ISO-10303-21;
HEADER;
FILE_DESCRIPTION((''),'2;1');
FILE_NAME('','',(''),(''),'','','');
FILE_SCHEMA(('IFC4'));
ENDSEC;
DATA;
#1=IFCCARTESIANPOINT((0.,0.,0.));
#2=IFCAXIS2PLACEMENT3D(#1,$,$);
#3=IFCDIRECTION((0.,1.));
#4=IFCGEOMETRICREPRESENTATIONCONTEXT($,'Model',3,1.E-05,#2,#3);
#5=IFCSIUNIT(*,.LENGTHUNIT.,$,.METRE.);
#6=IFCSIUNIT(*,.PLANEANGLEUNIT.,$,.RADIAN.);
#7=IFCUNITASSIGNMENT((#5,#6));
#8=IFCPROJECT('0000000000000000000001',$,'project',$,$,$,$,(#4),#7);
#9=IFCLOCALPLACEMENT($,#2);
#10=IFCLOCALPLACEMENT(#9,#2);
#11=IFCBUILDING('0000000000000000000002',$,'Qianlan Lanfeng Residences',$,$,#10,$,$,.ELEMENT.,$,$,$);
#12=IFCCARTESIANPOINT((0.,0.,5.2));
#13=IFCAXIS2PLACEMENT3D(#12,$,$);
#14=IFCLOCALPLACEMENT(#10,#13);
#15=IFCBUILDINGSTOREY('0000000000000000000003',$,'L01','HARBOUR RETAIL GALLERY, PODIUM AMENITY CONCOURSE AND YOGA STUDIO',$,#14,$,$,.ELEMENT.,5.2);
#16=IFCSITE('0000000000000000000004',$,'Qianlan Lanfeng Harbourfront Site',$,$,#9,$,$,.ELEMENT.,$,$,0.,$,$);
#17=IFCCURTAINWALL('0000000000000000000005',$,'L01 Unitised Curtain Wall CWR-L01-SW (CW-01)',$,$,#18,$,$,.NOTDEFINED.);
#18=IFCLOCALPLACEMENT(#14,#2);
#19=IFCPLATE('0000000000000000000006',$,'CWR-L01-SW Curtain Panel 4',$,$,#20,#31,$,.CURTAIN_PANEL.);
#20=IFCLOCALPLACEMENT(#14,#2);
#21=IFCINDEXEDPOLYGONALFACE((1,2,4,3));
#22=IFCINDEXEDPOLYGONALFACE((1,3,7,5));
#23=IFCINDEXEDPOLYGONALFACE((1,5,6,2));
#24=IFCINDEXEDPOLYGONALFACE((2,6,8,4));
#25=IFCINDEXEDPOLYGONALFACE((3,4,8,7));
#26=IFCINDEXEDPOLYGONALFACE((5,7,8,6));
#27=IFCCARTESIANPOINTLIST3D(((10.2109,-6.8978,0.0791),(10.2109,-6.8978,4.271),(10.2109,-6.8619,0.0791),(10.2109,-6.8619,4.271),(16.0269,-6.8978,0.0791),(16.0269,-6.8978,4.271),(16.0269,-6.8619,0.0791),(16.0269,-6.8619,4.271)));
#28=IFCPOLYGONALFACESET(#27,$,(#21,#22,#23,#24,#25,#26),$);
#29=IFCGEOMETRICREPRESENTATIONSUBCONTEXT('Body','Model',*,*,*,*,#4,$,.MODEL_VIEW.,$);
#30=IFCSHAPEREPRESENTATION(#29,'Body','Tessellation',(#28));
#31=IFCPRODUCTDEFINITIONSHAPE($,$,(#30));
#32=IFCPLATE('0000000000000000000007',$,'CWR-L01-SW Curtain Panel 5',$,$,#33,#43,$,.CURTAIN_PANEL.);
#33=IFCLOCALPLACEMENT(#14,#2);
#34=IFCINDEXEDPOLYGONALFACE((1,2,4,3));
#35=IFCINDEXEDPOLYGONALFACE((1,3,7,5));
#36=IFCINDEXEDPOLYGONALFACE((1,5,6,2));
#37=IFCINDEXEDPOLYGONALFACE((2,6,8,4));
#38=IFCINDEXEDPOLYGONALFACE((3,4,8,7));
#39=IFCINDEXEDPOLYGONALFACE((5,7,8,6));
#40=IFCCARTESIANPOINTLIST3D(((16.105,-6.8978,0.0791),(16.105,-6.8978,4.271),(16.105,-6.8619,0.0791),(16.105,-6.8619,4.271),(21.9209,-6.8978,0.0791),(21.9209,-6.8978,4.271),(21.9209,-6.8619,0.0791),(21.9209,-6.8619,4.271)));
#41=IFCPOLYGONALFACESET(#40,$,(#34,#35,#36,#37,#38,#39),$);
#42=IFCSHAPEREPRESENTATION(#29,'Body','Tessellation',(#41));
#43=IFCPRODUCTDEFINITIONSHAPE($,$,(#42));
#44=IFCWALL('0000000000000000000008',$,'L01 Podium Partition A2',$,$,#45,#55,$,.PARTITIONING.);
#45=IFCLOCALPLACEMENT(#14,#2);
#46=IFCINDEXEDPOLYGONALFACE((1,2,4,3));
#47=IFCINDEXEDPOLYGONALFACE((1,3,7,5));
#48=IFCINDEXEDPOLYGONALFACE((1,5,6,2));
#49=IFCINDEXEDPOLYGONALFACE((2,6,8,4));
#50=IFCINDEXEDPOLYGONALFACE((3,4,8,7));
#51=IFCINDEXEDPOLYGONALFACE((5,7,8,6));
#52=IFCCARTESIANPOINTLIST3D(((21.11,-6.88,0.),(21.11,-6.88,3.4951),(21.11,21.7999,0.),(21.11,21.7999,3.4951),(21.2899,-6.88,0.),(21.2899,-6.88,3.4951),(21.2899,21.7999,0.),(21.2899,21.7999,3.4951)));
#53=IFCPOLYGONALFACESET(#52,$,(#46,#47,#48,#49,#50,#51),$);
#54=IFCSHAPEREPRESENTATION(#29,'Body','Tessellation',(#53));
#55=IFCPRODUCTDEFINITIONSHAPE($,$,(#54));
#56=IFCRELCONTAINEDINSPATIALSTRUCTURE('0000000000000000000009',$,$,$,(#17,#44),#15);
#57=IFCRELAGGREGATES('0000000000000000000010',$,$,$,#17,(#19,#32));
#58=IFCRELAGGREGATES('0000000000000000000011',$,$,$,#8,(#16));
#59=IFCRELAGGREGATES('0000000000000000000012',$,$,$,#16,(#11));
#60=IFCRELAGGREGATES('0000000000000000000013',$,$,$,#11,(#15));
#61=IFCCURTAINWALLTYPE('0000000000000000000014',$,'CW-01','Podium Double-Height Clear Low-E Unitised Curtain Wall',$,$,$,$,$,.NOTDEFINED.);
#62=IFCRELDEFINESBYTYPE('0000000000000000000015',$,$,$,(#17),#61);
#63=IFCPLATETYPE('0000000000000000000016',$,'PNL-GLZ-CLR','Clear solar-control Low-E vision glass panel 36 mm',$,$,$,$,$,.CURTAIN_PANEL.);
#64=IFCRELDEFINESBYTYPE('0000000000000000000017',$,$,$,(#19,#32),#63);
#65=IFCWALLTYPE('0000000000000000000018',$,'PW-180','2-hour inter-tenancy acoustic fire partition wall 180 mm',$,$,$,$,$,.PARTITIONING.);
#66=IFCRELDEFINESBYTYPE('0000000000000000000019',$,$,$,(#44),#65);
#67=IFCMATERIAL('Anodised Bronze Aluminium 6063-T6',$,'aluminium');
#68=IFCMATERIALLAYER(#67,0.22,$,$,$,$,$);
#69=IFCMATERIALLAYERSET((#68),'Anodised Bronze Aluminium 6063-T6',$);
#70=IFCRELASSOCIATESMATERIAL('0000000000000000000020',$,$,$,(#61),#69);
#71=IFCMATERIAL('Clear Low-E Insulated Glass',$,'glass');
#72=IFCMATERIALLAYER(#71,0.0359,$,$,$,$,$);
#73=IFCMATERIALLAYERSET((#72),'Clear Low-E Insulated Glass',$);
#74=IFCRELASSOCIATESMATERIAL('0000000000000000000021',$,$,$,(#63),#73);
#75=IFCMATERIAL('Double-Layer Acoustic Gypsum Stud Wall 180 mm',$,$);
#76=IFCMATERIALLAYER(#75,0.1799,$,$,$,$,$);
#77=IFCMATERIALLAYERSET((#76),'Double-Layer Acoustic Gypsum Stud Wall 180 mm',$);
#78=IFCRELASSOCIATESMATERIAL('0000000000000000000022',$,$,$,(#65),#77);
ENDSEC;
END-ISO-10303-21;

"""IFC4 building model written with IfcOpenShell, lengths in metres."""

from ifc_helpers import new_model, si_unit, direction, frame, frame_2d, origin, origin_2d, place, context, subcontext, project, spatial, rectangle, extrude, source, transform, mapped, material, layer, layer_set, type_object, element, aggregate, save


model = new_model("IFC4")

# Units and contexts
model_context = context("Model", 3, precision=1e-05, world=origin(), true_north=direction((0.0, 1.0)))
body_context = subcontext(model_context, "Body", "Model", "MODEL_VIEW")
ifc_project = project(units=[si_unit("LENGTHUNIT", "METRE"), si_unit("PLANEANGLEUNIT", "RADIAN")], contexts=[model_context])

# Site, building, storey
site_placement = place(None, origin())
site = spatial("IfcSite", under=ifc_project, at=site_placement, Name="Qianlan Lanfeng Harbourfront Site", CompositionType="ELEMENT", RefElevation=0.0)
building_placement = place(site_placement, origin())
building = spatial("IfcBuilding", under=site, at=building_placement, Name="Qianlan Lanfeng Residences", CompositionType="ELEMENT")
storey_placement = place(building_placement, frame((0.0, 0.0, 5.2)))
storey = spatial("IfcBuildingStorey", under=building, at=storey_placement, Name="L01", Description="HARBOUR RETAIL GALLERY, PODIUM AMENITY CONCOURSE AND YOGA STUDIO", CompositionType="ELEMENT", Elevation=5.2)

# Curtain wall, plates
ifc_material_1 = material(Name="Anodised Bronze Aluminium 6063-T6", Category="aluminium")
ifc_layer_1 = layer(ifc_material_1, 0.22)
ifc_layer_set_1 = layer_set([ifc_layer_1], Name="Anodised Bronze Aluminium 6063-T6")
curtain_wall_type = type_object("IfcCurtainWallType", Name="CW-01", Description="Podium Double-Height Clear Low-E Unitised Curtain Wall", PredefinedType="NOTDEFINED", material=ifc_layer_set_1)
curtain_wall_placement = place(storey_placement, origin())
curtain_wall = element("IfcCurtainWall", 1, at=curtain_wall_placement, inside=storey, type_object=curtain_wall_type, Name="L01 Unitised Curtain Wall CWR-L01-SW (CW-01)", PredefinedType="NOTDEFINED")
ifc_material_2 = material(Name="Clear Low-E Insulated Glass", Category="glass")
ifc_layer_2 = layer(ifc_material_2, 0.0359)
ifc_layer_set_2 = layer_set([ifc_layer_2], Name="Clear Low-E Insulated Glass")
plate_type = type_object("IfcPlateType", Name="PNL-GLZ-CLR", Description="Clear solar-control Low-E vision glass panel 36 mm", PredefinedType="CURTAIN_PANEL", material=ifc_layer_set_2)
shared_shape_1 = source(origin(), body_context, "Body", "SweptSolid", [
    extrude(rectangle(XDim=5.8159, YDim=0.0359, at=origin_2d()), origin(), (0.0, 0.0, 1.0), 4.1919),
])
plate_1_placement = place(storey_placement, frame((13.1189, -6.8799, 0.0791), z_axis=(0.0, 0.0, 1.0), x_axis=(1.0, 0.0, 0.0)))
plate_1 = element("IfcPlate", 2, at=plate_1_placement, type_object=plate_type, Name="CWR-L01-SW Curtain Panel 4", PredefinedType="CURTAIN_PANEL", context=body_context, shape_type="MappedRepresentation", body=[
    mapped(shared_shape_1, transform((0.0, 0.0, 0.0), scale=1.0)),
])
plate_2_placement = place(storey_placement, frame((19.0129, -6.8799, 0.0791), z_axis=(0.0, 0.0, 1.0), x_axis=(1.0, 0.0, 0.0)))
plate_2 = element("IfcPlate", 3, at=plate_2_placement, type_object=plate_type, Name="CWR-L01-SW Curtain Panel 5", PredefinedType="CURTAIN_PANEL", context=body_context, shape_type="MappedRepresentation", body=[
    mapped(shared_shape_1, transform((0.0, 0.0, 0.0), scale=1.0)),
])
aggregate(curtain_wall, [plate_1, plate_2])

# Wall
ifc_material_3 = material(Name="Double-Layer Acoustic Gypsum Stud Wall 180 mm")
ifc_layer_3 = layer(ifc_material_3, 0.1799)
ifc_layer_set_3 = layer_set([ifc_layer_3], Name="Double-Layer Acoustic Gypsum Stud Wall 180 mm")
wall_type = type_object("IfcWallType", Name="PW-180", Description="2-hour inter-tenancy acoustic fire partition wall 180 mm", PredefinedType="PARTITIONING", material=ifc_layer_set_3)
wall_placement = place(storey_placement, frame((21.2, -6.8799, 0.0), z_axis=(0.0, 0.0, 1.0), x_axis=(0.0, 1.0, 0.0)))
element("IfcWall", 4, at=wall_placement, inside=storey, type_object=wall_type, Name="L01 Podium Partition A2", PredefinedType="PARTITIONING", context=body_context, shape_type="SweptSolid", body=[
    extrude(rectangle(XDim=28.6799, YDim=0.1799, at=frame_2d((14.3398, 0.0))), origin(), (0.0, 0.0, 1.0), 3.4951),
])

save(model, "model.ifc")
